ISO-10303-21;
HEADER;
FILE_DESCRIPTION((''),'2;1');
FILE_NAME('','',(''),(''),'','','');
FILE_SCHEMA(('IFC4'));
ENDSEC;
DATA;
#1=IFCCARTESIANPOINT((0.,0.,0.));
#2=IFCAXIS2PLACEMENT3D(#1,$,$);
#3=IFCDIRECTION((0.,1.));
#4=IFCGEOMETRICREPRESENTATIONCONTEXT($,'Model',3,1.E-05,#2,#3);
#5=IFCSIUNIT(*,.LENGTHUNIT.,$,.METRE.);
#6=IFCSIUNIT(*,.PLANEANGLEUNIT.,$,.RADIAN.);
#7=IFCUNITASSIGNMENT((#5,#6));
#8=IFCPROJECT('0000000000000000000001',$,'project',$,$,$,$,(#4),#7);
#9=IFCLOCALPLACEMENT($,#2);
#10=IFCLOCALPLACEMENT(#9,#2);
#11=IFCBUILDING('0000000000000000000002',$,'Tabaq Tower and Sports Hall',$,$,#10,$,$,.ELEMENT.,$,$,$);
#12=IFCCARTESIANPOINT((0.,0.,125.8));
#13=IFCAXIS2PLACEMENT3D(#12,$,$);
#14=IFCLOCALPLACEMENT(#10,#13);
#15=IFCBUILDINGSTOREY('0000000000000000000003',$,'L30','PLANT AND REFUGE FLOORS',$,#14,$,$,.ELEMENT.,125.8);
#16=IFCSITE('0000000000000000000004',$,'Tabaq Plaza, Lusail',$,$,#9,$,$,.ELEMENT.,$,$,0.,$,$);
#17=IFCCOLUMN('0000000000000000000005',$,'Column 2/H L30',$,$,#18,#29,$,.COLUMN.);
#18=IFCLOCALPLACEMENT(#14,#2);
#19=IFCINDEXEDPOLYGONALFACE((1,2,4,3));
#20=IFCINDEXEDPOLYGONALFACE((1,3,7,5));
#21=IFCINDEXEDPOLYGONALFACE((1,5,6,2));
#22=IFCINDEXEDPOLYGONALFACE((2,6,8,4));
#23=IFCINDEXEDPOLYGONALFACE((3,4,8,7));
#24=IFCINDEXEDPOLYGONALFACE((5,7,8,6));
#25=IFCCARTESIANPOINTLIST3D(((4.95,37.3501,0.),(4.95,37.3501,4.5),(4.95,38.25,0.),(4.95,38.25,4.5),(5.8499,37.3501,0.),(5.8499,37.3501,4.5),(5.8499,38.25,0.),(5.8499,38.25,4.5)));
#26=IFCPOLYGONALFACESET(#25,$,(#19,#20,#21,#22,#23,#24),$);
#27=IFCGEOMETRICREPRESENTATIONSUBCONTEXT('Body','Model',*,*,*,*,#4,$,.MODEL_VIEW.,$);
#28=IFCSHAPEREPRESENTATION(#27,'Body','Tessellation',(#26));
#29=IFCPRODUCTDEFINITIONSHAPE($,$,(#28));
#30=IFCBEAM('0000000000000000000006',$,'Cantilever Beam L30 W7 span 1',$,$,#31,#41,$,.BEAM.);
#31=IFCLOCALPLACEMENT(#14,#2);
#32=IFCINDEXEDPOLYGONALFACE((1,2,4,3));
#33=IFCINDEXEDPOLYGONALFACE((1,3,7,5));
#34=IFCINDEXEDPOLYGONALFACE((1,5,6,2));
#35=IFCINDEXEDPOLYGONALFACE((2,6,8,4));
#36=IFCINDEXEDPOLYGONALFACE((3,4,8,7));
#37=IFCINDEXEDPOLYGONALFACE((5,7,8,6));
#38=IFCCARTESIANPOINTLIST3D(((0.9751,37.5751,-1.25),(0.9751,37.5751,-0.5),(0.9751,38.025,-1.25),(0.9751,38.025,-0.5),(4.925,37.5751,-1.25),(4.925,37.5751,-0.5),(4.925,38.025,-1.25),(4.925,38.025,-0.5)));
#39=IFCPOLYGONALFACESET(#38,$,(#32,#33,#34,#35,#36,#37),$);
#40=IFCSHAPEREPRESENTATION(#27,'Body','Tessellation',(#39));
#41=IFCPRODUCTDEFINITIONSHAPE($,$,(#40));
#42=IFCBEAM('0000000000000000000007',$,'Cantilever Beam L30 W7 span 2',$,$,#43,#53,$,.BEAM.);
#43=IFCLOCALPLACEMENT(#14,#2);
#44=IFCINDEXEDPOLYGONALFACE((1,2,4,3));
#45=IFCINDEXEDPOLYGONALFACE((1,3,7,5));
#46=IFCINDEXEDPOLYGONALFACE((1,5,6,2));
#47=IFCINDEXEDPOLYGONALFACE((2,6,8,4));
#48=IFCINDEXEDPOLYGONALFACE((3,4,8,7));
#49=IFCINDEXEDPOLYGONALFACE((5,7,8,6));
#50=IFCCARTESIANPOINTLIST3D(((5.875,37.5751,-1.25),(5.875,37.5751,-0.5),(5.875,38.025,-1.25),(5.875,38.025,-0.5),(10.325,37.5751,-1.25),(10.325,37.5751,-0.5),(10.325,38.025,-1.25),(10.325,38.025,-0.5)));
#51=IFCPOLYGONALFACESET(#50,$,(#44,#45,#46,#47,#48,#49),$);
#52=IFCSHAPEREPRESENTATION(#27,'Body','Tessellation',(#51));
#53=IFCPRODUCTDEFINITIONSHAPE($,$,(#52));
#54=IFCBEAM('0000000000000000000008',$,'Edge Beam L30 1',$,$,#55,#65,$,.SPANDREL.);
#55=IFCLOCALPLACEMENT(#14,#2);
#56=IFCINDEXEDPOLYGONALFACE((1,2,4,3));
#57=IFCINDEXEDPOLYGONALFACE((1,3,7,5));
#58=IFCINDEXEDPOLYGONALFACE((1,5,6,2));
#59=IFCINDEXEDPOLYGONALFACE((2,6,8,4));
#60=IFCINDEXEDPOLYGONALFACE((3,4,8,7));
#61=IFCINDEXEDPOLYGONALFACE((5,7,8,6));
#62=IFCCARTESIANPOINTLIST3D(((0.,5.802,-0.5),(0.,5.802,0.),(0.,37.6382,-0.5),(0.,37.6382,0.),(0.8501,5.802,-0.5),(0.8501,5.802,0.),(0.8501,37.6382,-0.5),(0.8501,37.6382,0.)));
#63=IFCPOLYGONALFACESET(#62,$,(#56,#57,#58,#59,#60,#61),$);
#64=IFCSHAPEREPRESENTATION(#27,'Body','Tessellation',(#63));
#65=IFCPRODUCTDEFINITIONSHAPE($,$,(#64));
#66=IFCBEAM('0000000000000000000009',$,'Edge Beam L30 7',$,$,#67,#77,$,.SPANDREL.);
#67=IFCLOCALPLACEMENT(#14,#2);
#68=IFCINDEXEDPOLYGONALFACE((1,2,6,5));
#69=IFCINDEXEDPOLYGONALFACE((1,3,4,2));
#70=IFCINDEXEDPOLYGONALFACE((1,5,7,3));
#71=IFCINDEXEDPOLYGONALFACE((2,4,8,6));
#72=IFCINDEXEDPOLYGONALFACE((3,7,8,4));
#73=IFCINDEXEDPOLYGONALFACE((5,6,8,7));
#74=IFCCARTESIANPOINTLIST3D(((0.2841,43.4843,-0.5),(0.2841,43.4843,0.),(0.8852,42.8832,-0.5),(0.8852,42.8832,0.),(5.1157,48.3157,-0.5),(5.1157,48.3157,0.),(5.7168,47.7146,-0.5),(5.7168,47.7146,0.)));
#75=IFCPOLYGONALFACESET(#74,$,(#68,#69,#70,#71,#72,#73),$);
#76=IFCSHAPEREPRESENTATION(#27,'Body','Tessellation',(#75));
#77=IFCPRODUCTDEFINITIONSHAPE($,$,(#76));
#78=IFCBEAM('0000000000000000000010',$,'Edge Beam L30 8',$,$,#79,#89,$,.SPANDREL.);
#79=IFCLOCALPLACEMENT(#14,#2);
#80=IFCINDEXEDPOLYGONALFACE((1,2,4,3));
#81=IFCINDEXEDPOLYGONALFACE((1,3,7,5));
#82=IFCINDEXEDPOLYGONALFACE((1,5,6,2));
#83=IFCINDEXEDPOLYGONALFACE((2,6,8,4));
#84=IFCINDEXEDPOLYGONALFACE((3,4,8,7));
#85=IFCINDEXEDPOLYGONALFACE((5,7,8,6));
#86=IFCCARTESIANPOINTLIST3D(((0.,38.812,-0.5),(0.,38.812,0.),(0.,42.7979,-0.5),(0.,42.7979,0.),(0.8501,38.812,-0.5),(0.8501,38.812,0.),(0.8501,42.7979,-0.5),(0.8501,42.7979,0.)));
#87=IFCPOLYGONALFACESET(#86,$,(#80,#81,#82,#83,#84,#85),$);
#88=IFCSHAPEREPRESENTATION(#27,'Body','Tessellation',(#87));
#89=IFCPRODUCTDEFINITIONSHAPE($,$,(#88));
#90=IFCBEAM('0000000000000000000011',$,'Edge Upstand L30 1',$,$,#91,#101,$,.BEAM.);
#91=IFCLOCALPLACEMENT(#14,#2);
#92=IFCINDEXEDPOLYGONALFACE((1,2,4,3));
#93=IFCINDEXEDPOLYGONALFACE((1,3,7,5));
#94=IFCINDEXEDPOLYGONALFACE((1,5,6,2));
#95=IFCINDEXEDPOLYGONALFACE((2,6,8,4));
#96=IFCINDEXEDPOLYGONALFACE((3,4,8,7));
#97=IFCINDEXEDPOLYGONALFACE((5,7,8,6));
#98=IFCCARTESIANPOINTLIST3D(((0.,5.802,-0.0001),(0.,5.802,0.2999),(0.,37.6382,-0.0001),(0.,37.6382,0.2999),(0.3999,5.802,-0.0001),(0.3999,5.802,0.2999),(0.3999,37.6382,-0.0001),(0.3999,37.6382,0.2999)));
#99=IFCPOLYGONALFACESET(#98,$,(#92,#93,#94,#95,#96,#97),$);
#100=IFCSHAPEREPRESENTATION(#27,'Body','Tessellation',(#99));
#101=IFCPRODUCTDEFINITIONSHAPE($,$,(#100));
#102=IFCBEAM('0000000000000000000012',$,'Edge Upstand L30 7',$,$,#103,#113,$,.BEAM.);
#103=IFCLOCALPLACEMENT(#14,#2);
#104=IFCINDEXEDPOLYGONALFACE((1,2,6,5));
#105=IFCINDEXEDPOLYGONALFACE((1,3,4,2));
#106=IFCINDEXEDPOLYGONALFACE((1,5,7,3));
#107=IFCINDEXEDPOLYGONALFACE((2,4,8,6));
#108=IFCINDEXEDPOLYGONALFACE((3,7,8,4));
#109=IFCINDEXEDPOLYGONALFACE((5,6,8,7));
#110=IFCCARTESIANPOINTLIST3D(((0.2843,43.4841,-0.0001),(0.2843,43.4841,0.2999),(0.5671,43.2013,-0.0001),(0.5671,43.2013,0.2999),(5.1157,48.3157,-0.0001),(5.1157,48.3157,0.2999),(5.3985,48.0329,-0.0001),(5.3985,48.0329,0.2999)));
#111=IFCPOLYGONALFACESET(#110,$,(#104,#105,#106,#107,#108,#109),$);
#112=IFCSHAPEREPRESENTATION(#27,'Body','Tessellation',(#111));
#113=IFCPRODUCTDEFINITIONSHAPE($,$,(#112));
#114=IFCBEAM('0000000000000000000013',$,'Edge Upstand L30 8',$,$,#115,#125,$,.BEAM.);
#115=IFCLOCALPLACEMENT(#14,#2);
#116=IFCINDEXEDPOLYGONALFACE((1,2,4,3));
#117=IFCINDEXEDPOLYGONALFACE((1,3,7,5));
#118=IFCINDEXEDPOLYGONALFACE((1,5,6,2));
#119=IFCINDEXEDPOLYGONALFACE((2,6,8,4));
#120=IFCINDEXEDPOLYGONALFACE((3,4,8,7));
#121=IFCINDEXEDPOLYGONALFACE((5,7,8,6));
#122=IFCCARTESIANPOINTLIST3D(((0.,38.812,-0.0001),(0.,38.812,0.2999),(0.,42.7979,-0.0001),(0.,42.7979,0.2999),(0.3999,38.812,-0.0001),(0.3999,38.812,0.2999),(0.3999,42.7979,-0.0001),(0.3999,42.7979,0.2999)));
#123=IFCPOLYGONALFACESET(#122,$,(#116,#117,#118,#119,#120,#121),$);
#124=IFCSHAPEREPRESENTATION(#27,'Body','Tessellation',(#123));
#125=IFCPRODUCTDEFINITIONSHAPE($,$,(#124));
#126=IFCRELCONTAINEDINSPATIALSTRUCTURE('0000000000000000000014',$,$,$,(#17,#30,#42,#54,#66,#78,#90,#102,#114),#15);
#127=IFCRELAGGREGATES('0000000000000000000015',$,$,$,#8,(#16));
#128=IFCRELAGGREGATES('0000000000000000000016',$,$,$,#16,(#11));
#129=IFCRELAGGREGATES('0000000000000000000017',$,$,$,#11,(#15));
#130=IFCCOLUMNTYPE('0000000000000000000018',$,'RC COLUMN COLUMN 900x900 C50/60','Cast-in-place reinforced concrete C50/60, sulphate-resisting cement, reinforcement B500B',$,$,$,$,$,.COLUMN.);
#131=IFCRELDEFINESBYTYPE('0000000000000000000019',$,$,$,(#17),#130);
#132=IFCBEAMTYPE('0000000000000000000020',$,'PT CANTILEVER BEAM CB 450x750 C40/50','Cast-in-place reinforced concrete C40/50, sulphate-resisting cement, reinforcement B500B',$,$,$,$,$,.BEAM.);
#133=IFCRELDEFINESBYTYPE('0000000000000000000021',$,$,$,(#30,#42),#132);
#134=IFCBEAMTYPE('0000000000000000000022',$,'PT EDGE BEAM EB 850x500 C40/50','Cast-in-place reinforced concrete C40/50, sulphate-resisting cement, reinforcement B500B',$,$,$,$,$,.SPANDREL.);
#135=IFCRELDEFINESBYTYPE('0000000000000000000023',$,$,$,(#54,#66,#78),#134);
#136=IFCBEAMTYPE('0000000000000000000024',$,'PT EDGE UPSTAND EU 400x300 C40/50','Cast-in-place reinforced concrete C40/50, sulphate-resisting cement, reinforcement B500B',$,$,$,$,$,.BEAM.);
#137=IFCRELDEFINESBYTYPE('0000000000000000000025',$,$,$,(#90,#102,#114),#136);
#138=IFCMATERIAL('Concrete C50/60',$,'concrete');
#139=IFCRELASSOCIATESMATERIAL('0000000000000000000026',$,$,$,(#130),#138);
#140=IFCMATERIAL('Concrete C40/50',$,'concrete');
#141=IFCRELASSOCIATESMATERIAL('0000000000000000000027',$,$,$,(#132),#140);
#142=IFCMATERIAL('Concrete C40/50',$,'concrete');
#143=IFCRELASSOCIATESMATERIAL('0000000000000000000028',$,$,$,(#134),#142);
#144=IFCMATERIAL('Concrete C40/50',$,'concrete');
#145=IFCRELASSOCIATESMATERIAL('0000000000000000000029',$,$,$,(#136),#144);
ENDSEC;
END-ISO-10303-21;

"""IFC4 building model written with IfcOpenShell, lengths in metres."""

from ifc_helpers import new_model, si_unit, direction, frame, origin, origin_2d, place, context, subcontext, project, spatial, rectangle, extrude, material, material_profile, profile_set, type_object, element, save


model = new_model("IFC4")

# Units and contexts
model_context = context("Model", 3, precision=1e-05, world=origin(), true_north=direction((0.0, 1.0)))
body_context = subcontext(model_context, "Body", "Model", "MODEL_VIEW")
ifc_project = project(units=[si_unit("LENGTHUNIT", "METRE"), si_unit("PLANEANGLEUNIT", "RADIAN")], contexts=[model_context])

# Site, building, storey
site_placement = place(None, origin())
site = spatial("IfcSite", under=ifc_project, at=site_placement, Name="Tabaq Plaza, Lusail", CompositionType="ELEMENT", RefElevation=0.0)
building_placement = place(site_placement, origin())
building = spatial("IfcBuilding", under=site, at=building_placement, Name="Tabaq Tower and Sports Hall", CompositionType="ELEMENT")
storey_placement = place(building_placement, frame((0.0, 0.0, 125.8)))
storey = spatial("IfcBuildingStorey", under=building, at=storey_placement, Name="L30", Description="PLANT AND REFUGE FLOORS", CompositionType="ELEMENT", Elevation=125.8)

# Column
ifc_material_1 = material(Name="Concrete C50/60", Category="concrete")
ifc_material_profile_1 = material_profile(ifc_material_1, rectangle(XDim=0.8999, YDim=0.8999, at=origin_2d()), Name="COLUMN 900x900")
ifc_profile_set_1 = profile_set([ifc_material_profile_1], Name="Concrete C50/60")
column_type = type_object("IfcColumnType", Name="RC COLUMN COLUMN 900x900 C50/60", Description="Cast-in-place reinforced concrete C50/60, sulphate-resisting cement, reinforcement B500B", PredefinedType="COLUMN", material=ifc_profile_set_1)
column_placement = place(storey_placement, frame((5.3999, 37.8, 0.0), z_axis=(0.0, 0.0, 1.0), x_axis=(1.0, 0.0, 0.0)))
element("IfcColumn", 1, at=column_placement, inside=storey, type_object=column_type, Name="Column 2/H L30", PredefinedType="COLUMN", context=body_context, shape_type="SweptSolid", body=[
    extrude(rectangle(XDim=0.8999, YDim=0.8999, at=origin_2d()), origin(), (0.0, 0.0, 1.0), 4.5),
])

# Beams
ifc_material_2 = material(Name="Concrete C40/50", Category="concrete")
ifc_material_profile_2 = material_profile(ifc_material_2, rectangle(XDim=0.45, YDim=0.75, at=origin_2d()), Name="CB 450x750")
ifc_profile_set_2 = profile_set([ifc_material_profile_2], Name="Concrete C40/50")
beam_type_1 = type_object("IfcBeamType", Name="PT CANTILEVER BEAM CB 450x750 C40/50", Description="Cast-in-place reinforced concrete C40/50, sulphate-resisting cement, reinforcement B500B", PredefinedType="BEAM", material=ifc_profile_set_2)
beam_1_placement = place(storey_placement, frame((0.9751, 37.8, -0.875), z_axis=(1.0, 0.0, 0.0), x_axis=(0.0, 1.0, 0.0)))
element("IfcBeam", 2, at=beam_1_placement, inside=storey, type_object=beam_type_1, Name="Cantilever Beam L30 W7 span 1", PredefinedType="BEAM", context=body_context, shape_type="SweptSolid", body=[
    extrude(rectangle(XDim=0.45, YDim=0.75, at=origin_2d()), origin(), (0.0, 0.0, 1.0), 3.95),
])
beam_2_placement = place(storey_placement, frame((5.875, 37.8, -0.875), z_axis=(1.0, 0.0, 0.0), x_axis=(0.0, 1.0, 0.0)))
element("IfcBeam", 3, at=beam_2_placement, inside=storey, type_object=beam_type_1, Name="Cantilever Beam L30 W7 span 2", PredefinedType="BEAM", context=body_context, shape_type="SweptSolid", body=[
    extrude(rectangle(XDim=0.45, YDim=0.75, at=origin_2d()), origin(), (0.0, 0.0, 1.0), 4.45),
])
ifc_material_3 = material(Name="Concrete C40/50", Category="concrete")
ifc_material_profile_3 = material_profile(ifc_material_3, rectangle(XDim=0.8501, YDim=0.5, at=origin_2d()), Name="EB 850x500")
ifc_profile_set_3 = profile_set([ifc_material_profile_3], Name="Concrete C40/50")
beam_type_2 = type_object("IfcBeamType", Name="PT EDGE BEAM EB 850x500 C40/50", Description="Cast-in-place reinforced concrete C40/50, sulphate-resisting cement, reinforcement B500B", PredefinedType="SPANDREL", material=ifc_profile_set_3)
beam_3_placement = place(storey_placement, frame((0.425, 37.6382, -0.25), z_axis=(0.0, -1.0, 0.0), x_axis=(1.0, 0.0, 0.0)))
element("IfcBeam", 4, at=beam_3_placement, inside=storey, type_object=beam_type_2, Name="Edge Beam L30 1", PredefinedType="SPANDREL", context=body_context, shape_type="SweptSolid", body=[
    extrude(rectangle(XDim=0.8501, YDim=0.5, at=origin_2d()), origin(), (0.0, 0.0, 1.0), 31.8362),
])
beam_4_placement = place(storey_placement, frame((5.4163, 48.0151, -0.25), z_axis=(-0.707125, -0.707089, 0.0), x_axis=(0.707089, -0.707125, 0.0)))
element("IfcBeam", 5, at=beam_4_placement, inside=storey, type_object=beam_type_2, Name="Edge Beam L30 7", PredefinedType="SPANDREL", context=body_context, shape_type="SweptSolid", body=[
    extrude(rectangle(XDim=0.8501, YDim=0.5, at=origin_2d()), origin(), (0.0, 0.0, 1.0), 6.8328),
])
beam_5_placement = place(storey_placement, frame((0.425, 42.7979, -0.25), z_axis=(0.0, -1.0, 0.0), x_axis=(1.0, 0.0, 0.0)))
element("IfcBeam", 6, at=beam_5_placement, inside=storey, type_object=beam_type_2, Name="Edge Beam L30 8", PredefinedType="SPANDREL", context=body_context, shape_type="SweptSolid", body=[
    extrude(rectangle(XDim=0.8501, YDim=0.5, at=origin_2d()), origin(), (0.0, 0.0, 1.0), 3.9858),
])
ifc_material_4 = material(Name="Concrete C40/50", Category="concrete")
ifc_material_profile_4 = material_profile(ifc_material_4, rectangle(XDim=0.3999, YDim=0.3, at=origin_2d()), Name="EU 400x300")
ifc_profile_set_4 = profile_set([ifc_material_profile_4], Name="Concrete C40/50")
beam_type_3 = type_object("IfcBeamType", Name="PT EDGE UPSTAND EU 400x300 C40/50", Description="Cast-in-place reinforced concrete C40/50, sulphate-resisting cement, reinforcement B500B", PredefinedType="BEAM", material=ifc_profile_set_4)
beam_6_placement = place(storey_placement, frame((0.2, 37.6382, 0.1499), z_axis=(0.0, -1.0, 0.0), x_axis=(1.0, 0.0, 0.0)))
element("IfcBeam", 7, at=beam_6_placement, inside=storey, type_object=beam_type_3, Name="Edge Upstand L30 1", PredefinedType="BEAM", context=body_context, shape_type="SweptSolid", body=[
    extrude(rectangle(XDim=0.3999, YDim=0.3, at=origin_2d()), origin(), (0.0, 0.0, 1.0), 31.8362),
])
beam_7_placement = place(storey_placement, frame((5.2571, 48.1743, 0.1499), z_axis=(-0.707089, -0.707125, 0.0), x_axis=(0.707125, -0.707089, 0.0)))
element("IfcBeam", 8, at=beam_7_placement, inside=storey, type_object=beam_type_3, Name="Edge Upstand L30 7", PredefinedType="BEAM", context=body_context, shape_type="SweptSolid", body=[
    extrude(rectangle(XDim=0.3999, YDim=0.3, at=origin_2d()), origin(), (0.0, 0.0, 1.0), 6.8328),
])
beam_8_placement = place(storey_placement, frame((0.2, 42.7979, 0.1499), z_axis=(0.0, -1.0, 0.0), x_axis=(1.0, 0.0, 0.0)))
element("IfcBeam", 9, at=beam_8_placement, inside=storey, type_object=beam_type_3, Name="Edge Upstand L30 8", PredefinedType="BEAM", context=body_context, shape_type="SweptSolid", body=[
    extrude(rectangle(XDim=0.3999, YDim=0.3, at=origin_2d()), origin(), (0.0, 0.0, 1.0), 3.9858),
])

save(model, "model.ifc")
